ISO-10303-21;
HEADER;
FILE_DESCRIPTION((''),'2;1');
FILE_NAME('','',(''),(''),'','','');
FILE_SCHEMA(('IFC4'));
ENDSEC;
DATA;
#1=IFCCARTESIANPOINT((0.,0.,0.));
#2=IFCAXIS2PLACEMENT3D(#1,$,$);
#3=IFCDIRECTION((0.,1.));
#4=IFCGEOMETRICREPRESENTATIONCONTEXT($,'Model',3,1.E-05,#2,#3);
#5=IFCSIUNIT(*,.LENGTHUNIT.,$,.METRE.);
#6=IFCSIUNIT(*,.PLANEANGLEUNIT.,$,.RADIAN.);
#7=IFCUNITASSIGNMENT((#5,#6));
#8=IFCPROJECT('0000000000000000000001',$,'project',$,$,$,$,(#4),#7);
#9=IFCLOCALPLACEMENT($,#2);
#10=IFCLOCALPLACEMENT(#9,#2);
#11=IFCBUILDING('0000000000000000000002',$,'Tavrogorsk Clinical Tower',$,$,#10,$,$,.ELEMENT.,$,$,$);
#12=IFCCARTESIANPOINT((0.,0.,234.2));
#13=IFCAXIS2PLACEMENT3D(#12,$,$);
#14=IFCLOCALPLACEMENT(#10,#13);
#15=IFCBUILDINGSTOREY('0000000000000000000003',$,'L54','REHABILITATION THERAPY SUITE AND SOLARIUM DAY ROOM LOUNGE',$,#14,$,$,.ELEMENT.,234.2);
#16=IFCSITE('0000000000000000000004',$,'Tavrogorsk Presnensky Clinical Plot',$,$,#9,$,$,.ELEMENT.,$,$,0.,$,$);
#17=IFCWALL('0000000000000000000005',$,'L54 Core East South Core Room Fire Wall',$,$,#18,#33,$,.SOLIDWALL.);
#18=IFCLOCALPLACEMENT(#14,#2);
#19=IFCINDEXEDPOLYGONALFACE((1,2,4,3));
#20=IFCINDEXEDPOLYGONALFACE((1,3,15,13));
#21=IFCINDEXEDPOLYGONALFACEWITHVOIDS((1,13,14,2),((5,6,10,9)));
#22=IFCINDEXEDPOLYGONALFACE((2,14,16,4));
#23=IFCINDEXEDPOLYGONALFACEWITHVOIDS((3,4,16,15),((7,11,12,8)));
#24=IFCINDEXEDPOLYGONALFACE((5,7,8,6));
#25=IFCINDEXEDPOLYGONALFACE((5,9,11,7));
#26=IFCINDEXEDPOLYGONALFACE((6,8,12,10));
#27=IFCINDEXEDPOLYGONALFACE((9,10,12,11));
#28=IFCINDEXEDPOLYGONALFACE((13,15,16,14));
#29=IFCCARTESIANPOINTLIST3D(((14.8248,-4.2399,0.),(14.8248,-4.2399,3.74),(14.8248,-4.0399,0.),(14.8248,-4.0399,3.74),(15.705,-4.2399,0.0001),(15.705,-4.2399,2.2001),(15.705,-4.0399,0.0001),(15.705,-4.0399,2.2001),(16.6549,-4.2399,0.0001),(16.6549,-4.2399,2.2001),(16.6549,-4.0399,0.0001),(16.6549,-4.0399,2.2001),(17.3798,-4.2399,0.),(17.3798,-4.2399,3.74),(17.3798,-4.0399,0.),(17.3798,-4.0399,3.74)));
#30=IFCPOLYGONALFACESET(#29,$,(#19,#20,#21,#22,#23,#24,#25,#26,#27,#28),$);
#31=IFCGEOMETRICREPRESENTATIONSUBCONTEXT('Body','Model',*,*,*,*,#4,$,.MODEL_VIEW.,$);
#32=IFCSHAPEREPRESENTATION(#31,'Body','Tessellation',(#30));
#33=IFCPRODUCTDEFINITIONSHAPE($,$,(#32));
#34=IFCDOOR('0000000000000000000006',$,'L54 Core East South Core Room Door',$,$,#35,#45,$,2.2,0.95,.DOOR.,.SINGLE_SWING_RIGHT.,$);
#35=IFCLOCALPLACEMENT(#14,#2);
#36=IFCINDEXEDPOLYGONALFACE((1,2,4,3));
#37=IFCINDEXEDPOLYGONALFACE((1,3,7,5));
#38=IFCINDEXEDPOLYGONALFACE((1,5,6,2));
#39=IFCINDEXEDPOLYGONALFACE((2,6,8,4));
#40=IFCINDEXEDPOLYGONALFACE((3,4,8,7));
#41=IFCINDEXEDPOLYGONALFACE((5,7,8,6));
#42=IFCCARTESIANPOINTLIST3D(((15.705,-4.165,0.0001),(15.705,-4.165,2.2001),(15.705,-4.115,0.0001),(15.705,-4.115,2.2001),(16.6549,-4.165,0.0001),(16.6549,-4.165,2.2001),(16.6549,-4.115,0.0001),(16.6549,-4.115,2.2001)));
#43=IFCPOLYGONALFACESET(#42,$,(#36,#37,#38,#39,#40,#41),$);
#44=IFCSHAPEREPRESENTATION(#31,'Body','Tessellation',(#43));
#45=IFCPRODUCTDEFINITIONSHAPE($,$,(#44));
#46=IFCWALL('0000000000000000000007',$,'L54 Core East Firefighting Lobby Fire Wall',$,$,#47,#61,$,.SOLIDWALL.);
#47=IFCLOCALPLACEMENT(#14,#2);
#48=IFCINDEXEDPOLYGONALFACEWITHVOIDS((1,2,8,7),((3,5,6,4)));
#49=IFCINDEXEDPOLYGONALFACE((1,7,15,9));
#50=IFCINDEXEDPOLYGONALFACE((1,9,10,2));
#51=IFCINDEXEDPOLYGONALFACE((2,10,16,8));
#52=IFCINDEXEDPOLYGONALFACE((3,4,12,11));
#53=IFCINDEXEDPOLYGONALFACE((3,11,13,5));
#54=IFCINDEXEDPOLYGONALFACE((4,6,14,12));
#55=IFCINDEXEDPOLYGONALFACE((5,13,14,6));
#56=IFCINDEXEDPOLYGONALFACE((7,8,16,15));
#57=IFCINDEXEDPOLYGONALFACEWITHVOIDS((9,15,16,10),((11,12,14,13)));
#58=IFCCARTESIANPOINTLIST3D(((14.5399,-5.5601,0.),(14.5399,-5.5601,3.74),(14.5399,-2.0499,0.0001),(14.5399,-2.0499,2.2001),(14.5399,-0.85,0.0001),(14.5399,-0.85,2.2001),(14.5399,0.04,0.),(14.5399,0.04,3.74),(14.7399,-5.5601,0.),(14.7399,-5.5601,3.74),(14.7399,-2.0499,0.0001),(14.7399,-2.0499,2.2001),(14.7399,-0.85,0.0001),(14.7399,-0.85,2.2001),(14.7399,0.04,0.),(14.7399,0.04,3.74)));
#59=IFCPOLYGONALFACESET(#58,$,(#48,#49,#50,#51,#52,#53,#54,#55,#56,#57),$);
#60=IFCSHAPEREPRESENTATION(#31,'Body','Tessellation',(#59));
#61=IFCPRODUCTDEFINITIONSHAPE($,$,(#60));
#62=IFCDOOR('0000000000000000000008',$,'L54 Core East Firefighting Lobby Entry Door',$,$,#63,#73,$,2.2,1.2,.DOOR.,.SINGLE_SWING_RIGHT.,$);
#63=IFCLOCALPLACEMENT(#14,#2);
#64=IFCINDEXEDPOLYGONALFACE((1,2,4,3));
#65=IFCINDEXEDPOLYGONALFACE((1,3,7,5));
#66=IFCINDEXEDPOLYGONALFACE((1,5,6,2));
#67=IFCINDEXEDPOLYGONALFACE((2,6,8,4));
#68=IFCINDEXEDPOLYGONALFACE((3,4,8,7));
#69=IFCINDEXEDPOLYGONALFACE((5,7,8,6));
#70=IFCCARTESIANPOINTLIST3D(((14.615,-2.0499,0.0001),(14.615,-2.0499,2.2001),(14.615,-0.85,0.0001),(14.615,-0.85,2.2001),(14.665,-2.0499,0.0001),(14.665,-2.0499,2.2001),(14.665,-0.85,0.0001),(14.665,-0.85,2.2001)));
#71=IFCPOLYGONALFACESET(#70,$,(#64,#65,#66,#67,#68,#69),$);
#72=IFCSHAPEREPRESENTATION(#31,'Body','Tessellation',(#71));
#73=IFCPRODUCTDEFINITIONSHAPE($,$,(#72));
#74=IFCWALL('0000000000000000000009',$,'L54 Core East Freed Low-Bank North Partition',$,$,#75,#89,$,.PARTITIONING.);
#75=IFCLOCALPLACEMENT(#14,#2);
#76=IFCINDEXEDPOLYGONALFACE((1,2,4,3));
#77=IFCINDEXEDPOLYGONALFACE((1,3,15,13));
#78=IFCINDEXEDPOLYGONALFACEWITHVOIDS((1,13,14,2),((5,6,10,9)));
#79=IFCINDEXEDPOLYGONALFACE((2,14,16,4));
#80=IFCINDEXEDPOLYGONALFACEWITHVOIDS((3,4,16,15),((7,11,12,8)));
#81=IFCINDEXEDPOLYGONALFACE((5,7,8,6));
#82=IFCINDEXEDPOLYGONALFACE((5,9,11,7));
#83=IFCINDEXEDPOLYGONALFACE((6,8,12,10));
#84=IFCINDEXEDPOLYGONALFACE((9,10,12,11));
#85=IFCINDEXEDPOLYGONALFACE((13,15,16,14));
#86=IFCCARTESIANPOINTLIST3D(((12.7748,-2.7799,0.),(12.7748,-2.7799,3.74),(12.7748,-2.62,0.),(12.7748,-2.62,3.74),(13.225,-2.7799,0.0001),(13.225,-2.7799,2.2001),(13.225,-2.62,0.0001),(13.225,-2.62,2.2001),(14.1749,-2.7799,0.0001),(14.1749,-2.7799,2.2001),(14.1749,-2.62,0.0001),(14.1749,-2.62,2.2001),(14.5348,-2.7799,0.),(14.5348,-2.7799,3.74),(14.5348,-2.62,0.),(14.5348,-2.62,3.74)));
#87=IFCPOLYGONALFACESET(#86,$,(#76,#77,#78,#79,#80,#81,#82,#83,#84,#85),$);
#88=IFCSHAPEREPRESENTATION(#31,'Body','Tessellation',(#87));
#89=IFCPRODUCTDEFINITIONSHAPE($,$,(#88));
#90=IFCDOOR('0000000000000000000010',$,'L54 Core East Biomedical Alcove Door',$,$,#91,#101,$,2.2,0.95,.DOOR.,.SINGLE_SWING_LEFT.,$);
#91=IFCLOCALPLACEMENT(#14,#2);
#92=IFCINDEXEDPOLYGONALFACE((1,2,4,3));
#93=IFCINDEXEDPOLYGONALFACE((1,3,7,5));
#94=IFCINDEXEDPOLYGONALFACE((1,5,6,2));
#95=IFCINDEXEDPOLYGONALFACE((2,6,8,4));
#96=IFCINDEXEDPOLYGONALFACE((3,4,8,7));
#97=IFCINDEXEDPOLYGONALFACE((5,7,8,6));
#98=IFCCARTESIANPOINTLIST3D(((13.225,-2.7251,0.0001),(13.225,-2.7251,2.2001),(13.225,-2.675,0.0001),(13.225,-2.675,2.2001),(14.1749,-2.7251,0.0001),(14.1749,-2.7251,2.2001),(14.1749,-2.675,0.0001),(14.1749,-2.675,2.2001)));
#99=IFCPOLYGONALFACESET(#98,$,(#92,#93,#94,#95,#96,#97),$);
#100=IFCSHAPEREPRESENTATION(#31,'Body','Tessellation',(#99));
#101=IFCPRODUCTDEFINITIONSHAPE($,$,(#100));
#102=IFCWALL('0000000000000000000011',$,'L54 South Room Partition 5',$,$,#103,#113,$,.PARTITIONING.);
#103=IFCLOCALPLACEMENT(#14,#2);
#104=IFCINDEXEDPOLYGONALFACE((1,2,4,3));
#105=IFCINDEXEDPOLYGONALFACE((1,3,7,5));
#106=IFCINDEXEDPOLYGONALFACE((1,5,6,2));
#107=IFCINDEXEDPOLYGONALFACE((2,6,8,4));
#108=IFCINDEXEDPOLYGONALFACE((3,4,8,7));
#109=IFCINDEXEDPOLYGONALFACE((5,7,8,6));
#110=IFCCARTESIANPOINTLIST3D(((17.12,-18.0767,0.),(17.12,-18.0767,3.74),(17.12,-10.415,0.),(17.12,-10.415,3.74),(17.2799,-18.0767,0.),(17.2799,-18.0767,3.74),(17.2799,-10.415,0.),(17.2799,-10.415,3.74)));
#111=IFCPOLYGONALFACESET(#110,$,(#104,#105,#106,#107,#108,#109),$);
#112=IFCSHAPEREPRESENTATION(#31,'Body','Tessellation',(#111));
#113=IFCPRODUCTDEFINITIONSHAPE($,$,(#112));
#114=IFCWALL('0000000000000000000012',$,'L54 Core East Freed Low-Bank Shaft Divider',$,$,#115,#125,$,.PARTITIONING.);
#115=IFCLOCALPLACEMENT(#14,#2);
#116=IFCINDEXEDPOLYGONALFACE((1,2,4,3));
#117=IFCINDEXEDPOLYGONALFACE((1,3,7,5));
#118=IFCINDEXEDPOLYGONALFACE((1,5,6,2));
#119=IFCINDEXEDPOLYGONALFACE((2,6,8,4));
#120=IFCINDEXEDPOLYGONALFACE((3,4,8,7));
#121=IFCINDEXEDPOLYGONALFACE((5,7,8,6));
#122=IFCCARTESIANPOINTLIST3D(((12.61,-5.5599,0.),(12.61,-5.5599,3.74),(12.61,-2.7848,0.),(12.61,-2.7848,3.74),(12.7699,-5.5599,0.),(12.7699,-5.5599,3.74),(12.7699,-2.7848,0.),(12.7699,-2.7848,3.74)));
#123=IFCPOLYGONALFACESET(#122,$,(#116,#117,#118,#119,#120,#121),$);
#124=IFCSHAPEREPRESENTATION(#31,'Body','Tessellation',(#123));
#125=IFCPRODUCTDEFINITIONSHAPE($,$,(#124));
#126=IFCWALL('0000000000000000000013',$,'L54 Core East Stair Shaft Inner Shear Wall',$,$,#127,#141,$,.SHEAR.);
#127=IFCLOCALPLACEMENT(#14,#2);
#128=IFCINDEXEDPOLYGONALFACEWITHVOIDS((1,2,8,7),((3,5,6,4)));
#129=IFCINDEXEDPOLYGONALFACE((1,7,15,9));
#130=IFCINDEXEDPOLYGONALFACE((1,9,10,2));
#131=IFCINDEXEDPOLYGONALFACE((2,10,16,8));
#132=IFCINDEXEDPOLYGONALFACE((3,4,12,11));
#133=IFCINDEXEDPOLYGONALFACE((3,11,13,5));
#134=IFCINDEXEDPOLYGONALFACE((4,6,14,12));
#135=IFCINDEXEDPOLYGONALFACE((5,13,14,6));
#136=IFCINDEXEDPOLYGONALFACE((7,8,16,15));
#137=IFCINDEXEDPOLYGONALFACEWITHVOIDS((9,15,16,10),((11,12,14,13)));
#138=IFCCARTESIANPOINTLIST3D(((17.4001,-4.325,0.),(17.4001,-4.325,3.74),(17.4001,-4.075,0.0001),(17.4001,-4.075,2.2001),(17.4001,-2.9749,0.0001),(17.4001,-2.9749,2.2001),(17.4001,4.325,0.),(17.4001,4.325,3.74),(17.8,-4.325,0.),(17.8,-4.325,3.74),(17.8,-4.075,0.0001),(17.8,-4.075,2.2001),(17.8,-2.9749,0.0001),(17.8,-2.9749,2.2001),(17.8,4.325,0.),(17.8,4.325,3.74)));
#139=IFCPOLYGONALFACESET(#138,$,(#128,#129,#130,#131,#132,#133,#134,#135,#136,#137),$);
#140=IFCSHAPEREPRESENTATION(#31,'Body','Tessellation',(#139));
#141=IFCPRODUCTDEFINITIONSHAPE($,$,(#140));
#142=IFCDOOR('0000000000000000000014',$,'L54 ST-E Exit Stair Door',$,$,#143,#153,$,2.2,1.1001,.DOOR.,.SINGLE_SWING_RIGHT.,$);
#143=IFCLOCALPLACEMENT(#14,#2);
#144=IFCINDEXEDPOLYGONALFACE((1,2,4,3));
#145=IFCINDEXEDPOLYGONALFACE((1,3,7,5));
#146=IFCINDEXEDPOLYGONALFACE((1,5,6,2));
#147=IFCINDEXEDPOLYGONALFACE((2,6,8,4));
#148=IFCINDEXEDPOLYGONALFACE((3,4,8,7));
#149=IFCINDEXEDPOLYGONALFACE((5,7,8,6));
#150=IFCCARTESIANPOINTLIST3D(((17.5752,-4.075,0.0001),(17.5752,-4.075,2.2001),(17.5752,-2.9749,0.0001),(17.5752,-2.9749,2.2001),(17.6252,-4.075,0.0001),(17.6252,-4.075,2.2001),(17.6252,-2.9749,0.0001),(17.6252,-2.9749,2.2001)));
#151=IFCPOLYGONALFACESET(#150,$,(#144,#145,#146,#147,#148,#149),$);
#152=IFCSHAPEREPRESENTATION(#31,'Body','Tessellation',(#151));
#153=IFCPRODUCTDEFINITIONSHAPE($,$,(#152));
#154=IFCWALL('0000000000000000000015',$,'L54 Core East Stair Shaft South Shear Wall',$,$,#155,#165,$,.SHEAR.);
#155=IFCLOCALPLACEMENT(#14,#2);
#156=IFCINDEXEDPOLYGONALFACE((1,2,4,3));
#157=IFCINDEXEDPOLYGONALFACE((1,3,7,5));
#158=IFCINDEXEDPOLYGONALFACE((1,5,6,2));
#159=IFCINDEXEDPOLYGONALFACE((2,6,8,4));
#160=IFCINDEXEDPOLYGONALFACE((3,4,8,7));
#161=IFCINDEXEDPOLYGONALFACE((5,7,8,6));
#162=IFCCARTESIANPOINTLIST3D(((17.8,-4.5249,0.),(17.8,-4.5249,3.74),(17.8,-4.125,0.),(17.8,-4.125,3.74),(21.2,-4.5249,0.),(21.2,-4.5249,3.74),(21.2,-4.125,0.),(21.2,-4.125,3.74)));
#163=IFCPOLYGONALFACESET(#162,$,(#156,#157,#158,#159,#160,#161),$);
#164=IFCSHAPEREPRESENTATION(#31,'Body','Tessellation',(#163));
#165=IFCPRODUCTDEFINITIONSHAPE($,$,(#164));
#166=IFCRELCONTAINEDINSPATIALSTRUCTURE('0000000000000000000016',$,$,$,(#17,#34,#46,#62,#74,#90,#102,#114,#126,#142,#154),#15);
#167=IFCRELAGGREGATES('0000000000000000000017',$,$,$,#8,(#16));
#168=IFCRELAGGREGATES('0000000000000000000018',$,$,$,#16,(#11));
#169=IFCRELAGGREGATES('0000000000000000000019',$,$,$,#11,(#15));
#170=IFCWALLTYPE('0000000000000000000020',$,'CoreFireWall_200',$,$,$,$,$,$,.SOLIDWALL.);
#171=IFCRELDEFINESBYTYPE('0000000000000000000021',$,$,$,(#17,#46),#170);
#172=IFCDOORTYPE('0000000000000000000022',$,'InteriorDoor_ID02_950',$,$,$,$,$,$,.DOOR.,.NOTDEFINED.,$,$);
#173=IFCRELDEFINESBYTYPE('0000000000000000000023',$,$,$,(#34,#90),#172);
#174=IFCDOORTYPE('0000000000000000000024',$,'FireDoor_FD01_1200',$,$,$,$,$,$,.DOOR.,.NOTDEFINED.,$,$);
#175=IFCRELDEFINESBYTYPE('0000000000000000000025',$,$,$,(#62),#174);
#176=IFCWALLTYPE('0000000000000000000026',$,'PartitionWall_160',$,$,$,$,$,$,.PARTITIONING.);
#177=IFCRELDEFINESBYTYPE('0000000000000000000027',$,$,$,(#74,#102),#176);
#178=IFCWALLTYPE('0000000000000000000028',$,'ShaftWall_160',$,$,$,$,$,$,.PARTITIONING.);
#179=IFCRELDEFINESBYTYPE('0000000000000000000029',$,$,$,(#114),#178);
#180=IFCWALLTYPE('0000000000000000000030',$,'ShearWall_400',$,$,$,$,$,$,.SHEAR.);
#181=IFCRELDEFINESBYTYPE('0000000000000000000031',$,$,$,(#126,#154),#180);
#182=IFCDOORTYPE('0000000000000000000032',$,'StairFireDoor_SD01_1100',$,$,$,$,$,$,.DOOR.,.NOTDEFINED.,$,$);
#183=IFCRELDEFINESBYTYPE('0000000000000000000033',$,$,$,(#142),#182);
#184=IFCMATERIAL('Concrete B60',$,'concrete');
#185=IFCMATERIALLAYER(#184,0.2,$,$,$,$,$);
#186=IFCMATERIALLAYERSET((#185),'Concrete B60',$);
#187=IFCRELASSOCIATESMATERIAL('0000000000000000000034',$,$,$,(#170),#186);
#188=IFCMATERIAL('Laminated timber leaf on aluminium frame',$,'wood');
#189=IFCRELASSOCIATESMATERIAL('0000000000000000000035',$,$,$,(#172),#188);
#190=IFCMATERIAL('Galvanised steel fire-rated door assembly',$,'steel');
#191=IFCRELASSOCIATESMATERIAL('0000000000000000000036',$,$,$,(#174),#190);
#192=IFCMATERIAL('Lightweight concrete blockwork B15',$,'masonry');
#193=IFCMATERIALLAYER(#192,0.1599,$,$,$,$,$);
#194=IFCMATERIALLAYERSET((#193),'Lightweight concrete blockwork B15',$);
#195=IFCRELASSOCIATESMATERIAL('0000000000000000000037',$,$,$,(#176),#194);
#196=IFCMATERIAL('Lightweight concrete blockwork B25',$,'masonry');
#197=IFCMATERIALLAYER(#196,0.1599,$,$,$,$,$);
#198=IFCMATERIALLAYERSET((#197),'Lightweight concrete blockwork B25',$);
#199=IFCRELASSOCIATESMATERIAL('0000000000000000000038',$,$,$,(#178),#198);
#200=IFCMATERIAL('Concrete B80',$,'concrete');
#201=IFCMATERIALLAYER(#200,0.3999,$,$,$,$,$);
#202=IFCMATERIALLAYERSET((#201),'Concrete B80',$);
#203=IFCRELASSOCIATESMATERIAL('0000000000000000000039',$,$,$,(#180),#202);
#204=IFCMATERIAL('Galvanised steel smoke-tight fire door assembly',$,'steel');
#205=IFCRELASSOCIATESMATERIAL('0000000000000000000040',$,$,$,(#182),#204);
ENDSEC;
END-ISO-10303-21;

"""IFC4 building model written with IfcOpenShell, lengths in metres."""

from ifc_helpers import new_model, si_unit, direction, frame, frame_2d, origin, place, context, subcontext, project, spatial, rectangle, extrude, material, layer, layer_set, type_object, element, fill, save


model = new_model("IFC4")

# Units and contexts
model_context = context("Model", 3, precision=1e-05, world=origin(), true_north=direction((0.0, 1.0)))
body_context = subcontext(model_context, "Body", "Model", "MODEL_VIEW")
ifc_project = project(units=[si_unit("LENGTHUNIT", "METRE"), si_unit("PLANEANGLEUNIT", "RADIAN")], contexts=[model_context])

# Site, building, storey
site_placement = place(None, origin())
site = spatial("IfcSite", under=ifc_project, at=site_placement, Name="Tavrogorsk Presnensky Clinical Plot", CompositionType="ELEMENT", RefElevation=0.0)
building_placement = place(site_placement, origin())
building = spatial("IfcBuilding", under=site, at=building_placement, Name="Tavrogorsk Clinical Tower", CompositionType="ELEMENT")
storey_placement = place(building_placement, frame((0.0, 0.0, 234.2)))
storey = spatial("IfcBuildingStorey", under=building, at=storey_placement, Name="L54", Description="REHABILITATION THERAPY SUITE AND SOLARIUM DAY ROOM LOUNGE", CompositionType="ELEMENT", Elevation=234.2)

# Walls, openings, doors
ifc_material_1 = material(Name="Concrete B60", Category="concrete")
ifc_layer_1 = layer(ifc_material_1, 0.2)
ifc_layer_set_1 = layer_set([ifc_layer_1], Name="Concrete B60")
wall_type_1 = type_object("IfcWallType", Name="CoreFireWall_200", PredefinedType="SOLIDWALL", material=ifc_layer_set_1)
wall_1_placement = place(storey_placement, frame((14.825, -4.1399, 0.0), z_axis=(0.0, 0.0, 1.0), x_axis=(1.0, 0.0, 0.0)))
wall_1 = element("IfcWall", 1, at=wall_1_placement, inside=storey, type_object=wall_type_1, Name="L54 Core East South Core Room Fire Wall", PredefinedType="SOLIDWALL", context=body_context, shape_type="SweptSolid", body=[
    extrude(rectangle(XDim=2.5549, YDim=0.2, at=frame_2d((1.2773, 0.0))), origin(), (0.0, 0.0, 1.0), 3.74),
])
opening_1_placement = place(wall_1_placement, frame((0.8799, 0.0, 0.0)))
opening_1 = element("IfcOpeningElement", 2, at=opening_1_placement, cuts=wall_1, PredefinedType="OPENING", context=body_context, shape_type="SweptSolid", body=[
    extrude(rectangle(XDim=0.95, YDim=2.2, at=frame_2d((0.4751, 1.1001))), frame((0.0, 0.1099, 0.0), z_axis=(0.0, -1.0, 0.0), x_axis=(1.0, 0.0, 0.0)), (0.0, 0.0, 1.0), 0.22),
])
ifc_material_2 = material(Name="Laminated timber leaf on aluminium frame", Category="wood")
door_type_1 = type_object("IfcDoorType", Name="InteriorDoor_ID02_950", OperationType="NOTDEFINED", PredefinedType="DOOR", material=ifc_material_2)
door_1_placement = place(opening_1_placement, origin())
door_1 = element("IfcDoor", 3, at=door_1_placement, inside=storey, type_object=door_type_1, Name="L54 Core East South Core Room Door", OperationType="SINGLE_SWING_RIGHT", OverallHeight=2.2, OverallWidth=0.95, PredefinedType="DOOR", context=body_context, shape_type="SweptSolid", body=[
    extrude(rectangle(XDim=0.95, YDim=2.2, at=frame_2d((0.4751, 1.1001))), frame((0.0, 0.0249, 0.0), z_axis=(0.0, -1.0, 0.0), x_axis=(1.0, 0.0, 0.0)), (0.0, 0.0, 1.0), 0.05),
])
fill(opening_1, door_1)
wall_2_placement = place(storey_placement, frame((14.6399, -5.5601, 0.0), z_axis=(0.0, 0.0, 1.0), x_axis=(0.0, 1.0, 0.0)))
wall_2 = element("IfcWall", 4, at=wall_2_placement, inside=storey, type_object=wall_type_1, Name="L54 Core East Firefighting Lobby Fire Wall", PredefinedType="SOLIDWALL", context=body_context, shape_type="SweptSolid", body=[
    extrude(rectangle(XDim=5.6001, YDim=0.2, at=frame_2d((2.8, 0.0))), origin(), (0.0, 0.0, 1.0), 3.74),
])
opening_2_placement = place(wall_2_placement, frame((3.51, 0.0, 0.0)))
opening_2 = element("IfcOpeningElement", 5, at=opening_2_placement, cuts=wall_2, PredefinedType="OPENING", context=body_context, shape_type="SweptSolid", body=[
    extrude(rectangle(XDim=1.2, YDim=2.2, at=frame_2d((0.6001, 1.1001))), frame((0.0, 0.1099, 0.0), z_axis=(0.0, -1.0, 0.0), x_axis=(1.0, 0.0, 0.0)), (0.0, 0.0, 1.0), 0.22),
])
ifc_material_3 = material(Name="Galvanised steel fire-rated door assembly", Category="steel")
door_type_2 = type_object("IfcDoorType", Name="FireDoor_FD01_1200", OperationType="NOTDEFINED", PredefinedType="DOOR", material=ifc_material_3)
door_2_placement = place(opening_2_placement, origin())
door_2 = element("IfcDoor", 6, at=door_2_placement, inside=storey, type_object=door_type_2, Name="L54 Core East Firefighting Lobby Entry Door", OperationType="SINGLE_SWING_RIGHT", OverallHeight=2.2, OverallWidth=1.2, PredefinedType="DOOR", context=body_context, shape_type="SweptSolid", body=[
    extrude(rectangle(XDim=1.2, YDim=2.2, at=frame_2d((0.6001, 1.1001))), frame((0.0, 0.0249, 0.0), z_axis=(0.0, -1.0, 0.0), x_axis=(1.0, 0.0, 0.0)), (0.0, 0.0, 1.0), 0.05),
])
fill(opening_2, door_2)
ifc_material_4 = material(Name="Lightweight concrete blockwork B15", Category="masonry")
ifc_layer_2 = layer(ifc_material_4, 0.1599)
ifc_layer_set_2 = layer_set([ifc_layer_2], Name="Lightweight concrete blockwork B15")
wall_type_2 = type_object("IfcWallType", Name="PartitionWall_160", PredefinedType="PARTITIONING", material=ifc_layer_set_2)
wall_3_placement = place(storey_placement, frame((12.7749, -2.7, 0.0), z_axis=(0.0, 0.0, 1.0), x_axis=(1.0, 0.0, 0.0)))
wall_3 = element("IfcWall", 7, at=wall_3_placement, inside=storey, type_object=wall_type_2, Name="L54 Core East Freed Low-Bank North Partition", PredefinedType="PARTITIONING", context=body_context, shape_type="SweptSolid", body=[
    extrude(rectangle(XDim=1.76, YDim=0.1599, at=frame_2d((0.8799, 0.0))), origin(), (0.0, 0.0, 1.0), 3.74),
])
opening_3_placement = place(wall_3_placement, frame((0.45, 0.0, 0.0)))
opening_3 = element("IfcOpeningElement", 8, at=opening_3_placement, cuts=wall_3, PredefinedType="OPENING", context=body_context, shape_type="SweptSolid", body=[
    extrude(rectangle(XDim=0.95, YDim=2.2, at=frame_2d((0.4751, 1.1001))), frame((0.0, 0.0898, 0.0), z_axis=(0.0, -1.0, 0.0), x_axis=(1.0, 0.0, 0.0)), (0.0, 0.0, 1.0), 0.1799),
])
door_3_placement = place(opening_3_placement, origin())
door_3 = element("IfcDoor", 9, at=door_3_placement, inside=storey, type_object=door_type_1, Name="L54 Core East Biomedical Alcove Door", OperationType="SINGLE_SWING_LEFT", OverallHeight=2.2, OverallWidth=0.95, PredefinedType="DOOR", context=body_context, shape_type="SweptSolid", body=[
    extrude(rectangle(XDim=0.95, YDim=2.2, at=frame_2d((0.4751, 1.1001))), frame((0.0, 0.0249, 0.0), z_axis=(0.0, -1.0, 0.0), x_axis=(1.0, 0.0, 0.0)), (0.0, 0.0, 1.0), 0.05),
])
fill(opening_3, door_3)

# Walls
wall_4_placement = place(storey_placement, frame((17.2, -18.0767, 0.0), z_axis=(0.0, 0.0, 1.0), x_axis=(0.0, 1.0, 0.0)))
element("IfcWall", 10, at=wall_4_placement, inside=storey, type_object=wall_type_2, Name="L54 South Room Partition 5", PredefinedType="PARTITIONING", context=body_context, shape_type="SweptSolid", body=[
    extrude(rectangle(XDim=7.6616, YDim=0.1599, at=frame_2d((3.8308, 0.0))), origin(), (0.0, 0.0, 1.0), 3.74),
])
ifc_material_5 = material(Name="Lightweight concrete blockwork B25", Category="masonry")
ifc_layer_3 = layer(ifc_material_5, 0.1599)
ifc_layer_set_3 = layer_set([ifc_layer_3], Name="Lightweight concrete blockwork B25")
wall_type_3 = type_object("IfcWallType", Name="ShaftWall_160", PredefinedType="PARTITIONING", material=ifc_layer_set_3)
wall_5_placement = place(storey_placement, frame((12.6899, -5.5601, 0.0), z_axis=(0.0, 0.0, 1.0), x_axis=(0.0, 1.0, 0.0)))
element("IfcWall", 11, at=wall_5_placement, inside=storey, type_object=wall_type_3, Name="L54 Core East Freed Low-Bank Shaft Divider", PredefinedType="PARTITIONING", context=body_context, shape_type="SweptSolid", body=[
    extrude(rectangle(XDim=2.7751, YDim=0.1599, at=frame_2d((1.3877, 0.0))), origin(), (0.0, 0.0, 1.0), 3.74),
])

# Wall, opening, door
ifc_material_6 = material(Name="Concrete B80", Category="concrete")
ifc_layer_4 = layer(ifc_material_6, 0.3999)
ifc_layer_set_4 = layer_set([ifc_layer_4], Name="Concrete B80")
wall_type_4 = type_object("IfcWallType", Name="ShearWall_400", PredefinedType="SHEAR", material=ifc_layer_set_4)
wall_6_placement = place(storey_placement, frame((17.6001, -4.325, 0.0), z_axis=(0.0, 0.0, 1.0), x_axis=(0.0, 1.0, 0.0)))
wall_6 = element("IfcWall", 12, at=wall_6_placement, inside=storey, type_object=wall_type_4, Name="L54 Core East Stair Shaft Inner Shear Wall", PredefinedType="SHEAR", context=body_context, shape_type="SweptSolid", body=[
    extrude(rectangle(XDim=8.6499, YDim=0.3999, at=frame_2d((4.325, 0.0))), origin(), (0.0, 0.0, 1.0), 3.74),
])
opening_4_placement = place(wall_6_placement, frame((0.25, 0.0, 0.0)))
opening_4 = element("IfcOpeningElement", 13, at=opening_4_placement, cuts=wall_6, PredefinedType="OPENING", context=body_context, shape_type="SweptSolid", body=[
    extrude(rectangle(XDim=1.1001, YDim=2.2, at=frame_2d((0.55, 1.1001))), frame((0.0, 0.21, 0.0), z_axis=(0.0, -1.0, 0.0), x_axis=(1.0, 0.0, 0.0)), (0.0, 0.0, 1.0), 0.4199),
])
ifc_material_7 = material(Name="Galvanised steel smoke-tight fire door assembly", Category="steel")
door_type_3 = type_object("IfcDoorType", Name="StairFireDoor_SD01_1100", OperationType="NOTDEFINED", PredefinedType="DOOR", material=ifc_material_7)
door_4_placement = place(opening_4_placement, origin())
door_4 = element("IfcDoor", 14, at=door_4_placement, inside=storey, type_object=door_type_3, Name="L54 ST-E Exit Stair Door", OperationType="SINGLE_SWING_RIGHT", OverallHeight=2.2, OverallWidth=1.1001, PredefinedType="DOOR", context=body_context, shape_type="SweptSolid", body=[
    extrude(rectangle(XDim=1.1001, YDim=2.2, at=frame_2d((0.55, 1.1001))), frame((0.0, 0.0249, 0.0), z_axis=(0.0, -1.0, 0.0), x_axis=(1.0, 0.0, 0.0)), (0.0, 0.0, 1.0), 0.05),
])
fill(opening_4, door_4)

# Wall
wall_7_placement = place(storey_placement, frame((17.8, -4.325, 0.0), z_axis=(0.0, 0.0, 1.0), x_axis=(1.0, 0.0, 0.0)))
element("IfcWall", 15, at=wall_7_placement, inside=storey, type_object=wall_type_4, Name="L54 Core East Stair Shaft South Shear Wall", PredefinedType="SHEAR", context=body_context, shape_type="SweptSolid", body=[
    extrude(rectangle(XDim=3.3999, YDim=0.3999, at=frame_2d((1.7, 0.0))), origin(), (0.0, 0.0, 1.0), 3.74),
])

save(model, "model.ifc")
